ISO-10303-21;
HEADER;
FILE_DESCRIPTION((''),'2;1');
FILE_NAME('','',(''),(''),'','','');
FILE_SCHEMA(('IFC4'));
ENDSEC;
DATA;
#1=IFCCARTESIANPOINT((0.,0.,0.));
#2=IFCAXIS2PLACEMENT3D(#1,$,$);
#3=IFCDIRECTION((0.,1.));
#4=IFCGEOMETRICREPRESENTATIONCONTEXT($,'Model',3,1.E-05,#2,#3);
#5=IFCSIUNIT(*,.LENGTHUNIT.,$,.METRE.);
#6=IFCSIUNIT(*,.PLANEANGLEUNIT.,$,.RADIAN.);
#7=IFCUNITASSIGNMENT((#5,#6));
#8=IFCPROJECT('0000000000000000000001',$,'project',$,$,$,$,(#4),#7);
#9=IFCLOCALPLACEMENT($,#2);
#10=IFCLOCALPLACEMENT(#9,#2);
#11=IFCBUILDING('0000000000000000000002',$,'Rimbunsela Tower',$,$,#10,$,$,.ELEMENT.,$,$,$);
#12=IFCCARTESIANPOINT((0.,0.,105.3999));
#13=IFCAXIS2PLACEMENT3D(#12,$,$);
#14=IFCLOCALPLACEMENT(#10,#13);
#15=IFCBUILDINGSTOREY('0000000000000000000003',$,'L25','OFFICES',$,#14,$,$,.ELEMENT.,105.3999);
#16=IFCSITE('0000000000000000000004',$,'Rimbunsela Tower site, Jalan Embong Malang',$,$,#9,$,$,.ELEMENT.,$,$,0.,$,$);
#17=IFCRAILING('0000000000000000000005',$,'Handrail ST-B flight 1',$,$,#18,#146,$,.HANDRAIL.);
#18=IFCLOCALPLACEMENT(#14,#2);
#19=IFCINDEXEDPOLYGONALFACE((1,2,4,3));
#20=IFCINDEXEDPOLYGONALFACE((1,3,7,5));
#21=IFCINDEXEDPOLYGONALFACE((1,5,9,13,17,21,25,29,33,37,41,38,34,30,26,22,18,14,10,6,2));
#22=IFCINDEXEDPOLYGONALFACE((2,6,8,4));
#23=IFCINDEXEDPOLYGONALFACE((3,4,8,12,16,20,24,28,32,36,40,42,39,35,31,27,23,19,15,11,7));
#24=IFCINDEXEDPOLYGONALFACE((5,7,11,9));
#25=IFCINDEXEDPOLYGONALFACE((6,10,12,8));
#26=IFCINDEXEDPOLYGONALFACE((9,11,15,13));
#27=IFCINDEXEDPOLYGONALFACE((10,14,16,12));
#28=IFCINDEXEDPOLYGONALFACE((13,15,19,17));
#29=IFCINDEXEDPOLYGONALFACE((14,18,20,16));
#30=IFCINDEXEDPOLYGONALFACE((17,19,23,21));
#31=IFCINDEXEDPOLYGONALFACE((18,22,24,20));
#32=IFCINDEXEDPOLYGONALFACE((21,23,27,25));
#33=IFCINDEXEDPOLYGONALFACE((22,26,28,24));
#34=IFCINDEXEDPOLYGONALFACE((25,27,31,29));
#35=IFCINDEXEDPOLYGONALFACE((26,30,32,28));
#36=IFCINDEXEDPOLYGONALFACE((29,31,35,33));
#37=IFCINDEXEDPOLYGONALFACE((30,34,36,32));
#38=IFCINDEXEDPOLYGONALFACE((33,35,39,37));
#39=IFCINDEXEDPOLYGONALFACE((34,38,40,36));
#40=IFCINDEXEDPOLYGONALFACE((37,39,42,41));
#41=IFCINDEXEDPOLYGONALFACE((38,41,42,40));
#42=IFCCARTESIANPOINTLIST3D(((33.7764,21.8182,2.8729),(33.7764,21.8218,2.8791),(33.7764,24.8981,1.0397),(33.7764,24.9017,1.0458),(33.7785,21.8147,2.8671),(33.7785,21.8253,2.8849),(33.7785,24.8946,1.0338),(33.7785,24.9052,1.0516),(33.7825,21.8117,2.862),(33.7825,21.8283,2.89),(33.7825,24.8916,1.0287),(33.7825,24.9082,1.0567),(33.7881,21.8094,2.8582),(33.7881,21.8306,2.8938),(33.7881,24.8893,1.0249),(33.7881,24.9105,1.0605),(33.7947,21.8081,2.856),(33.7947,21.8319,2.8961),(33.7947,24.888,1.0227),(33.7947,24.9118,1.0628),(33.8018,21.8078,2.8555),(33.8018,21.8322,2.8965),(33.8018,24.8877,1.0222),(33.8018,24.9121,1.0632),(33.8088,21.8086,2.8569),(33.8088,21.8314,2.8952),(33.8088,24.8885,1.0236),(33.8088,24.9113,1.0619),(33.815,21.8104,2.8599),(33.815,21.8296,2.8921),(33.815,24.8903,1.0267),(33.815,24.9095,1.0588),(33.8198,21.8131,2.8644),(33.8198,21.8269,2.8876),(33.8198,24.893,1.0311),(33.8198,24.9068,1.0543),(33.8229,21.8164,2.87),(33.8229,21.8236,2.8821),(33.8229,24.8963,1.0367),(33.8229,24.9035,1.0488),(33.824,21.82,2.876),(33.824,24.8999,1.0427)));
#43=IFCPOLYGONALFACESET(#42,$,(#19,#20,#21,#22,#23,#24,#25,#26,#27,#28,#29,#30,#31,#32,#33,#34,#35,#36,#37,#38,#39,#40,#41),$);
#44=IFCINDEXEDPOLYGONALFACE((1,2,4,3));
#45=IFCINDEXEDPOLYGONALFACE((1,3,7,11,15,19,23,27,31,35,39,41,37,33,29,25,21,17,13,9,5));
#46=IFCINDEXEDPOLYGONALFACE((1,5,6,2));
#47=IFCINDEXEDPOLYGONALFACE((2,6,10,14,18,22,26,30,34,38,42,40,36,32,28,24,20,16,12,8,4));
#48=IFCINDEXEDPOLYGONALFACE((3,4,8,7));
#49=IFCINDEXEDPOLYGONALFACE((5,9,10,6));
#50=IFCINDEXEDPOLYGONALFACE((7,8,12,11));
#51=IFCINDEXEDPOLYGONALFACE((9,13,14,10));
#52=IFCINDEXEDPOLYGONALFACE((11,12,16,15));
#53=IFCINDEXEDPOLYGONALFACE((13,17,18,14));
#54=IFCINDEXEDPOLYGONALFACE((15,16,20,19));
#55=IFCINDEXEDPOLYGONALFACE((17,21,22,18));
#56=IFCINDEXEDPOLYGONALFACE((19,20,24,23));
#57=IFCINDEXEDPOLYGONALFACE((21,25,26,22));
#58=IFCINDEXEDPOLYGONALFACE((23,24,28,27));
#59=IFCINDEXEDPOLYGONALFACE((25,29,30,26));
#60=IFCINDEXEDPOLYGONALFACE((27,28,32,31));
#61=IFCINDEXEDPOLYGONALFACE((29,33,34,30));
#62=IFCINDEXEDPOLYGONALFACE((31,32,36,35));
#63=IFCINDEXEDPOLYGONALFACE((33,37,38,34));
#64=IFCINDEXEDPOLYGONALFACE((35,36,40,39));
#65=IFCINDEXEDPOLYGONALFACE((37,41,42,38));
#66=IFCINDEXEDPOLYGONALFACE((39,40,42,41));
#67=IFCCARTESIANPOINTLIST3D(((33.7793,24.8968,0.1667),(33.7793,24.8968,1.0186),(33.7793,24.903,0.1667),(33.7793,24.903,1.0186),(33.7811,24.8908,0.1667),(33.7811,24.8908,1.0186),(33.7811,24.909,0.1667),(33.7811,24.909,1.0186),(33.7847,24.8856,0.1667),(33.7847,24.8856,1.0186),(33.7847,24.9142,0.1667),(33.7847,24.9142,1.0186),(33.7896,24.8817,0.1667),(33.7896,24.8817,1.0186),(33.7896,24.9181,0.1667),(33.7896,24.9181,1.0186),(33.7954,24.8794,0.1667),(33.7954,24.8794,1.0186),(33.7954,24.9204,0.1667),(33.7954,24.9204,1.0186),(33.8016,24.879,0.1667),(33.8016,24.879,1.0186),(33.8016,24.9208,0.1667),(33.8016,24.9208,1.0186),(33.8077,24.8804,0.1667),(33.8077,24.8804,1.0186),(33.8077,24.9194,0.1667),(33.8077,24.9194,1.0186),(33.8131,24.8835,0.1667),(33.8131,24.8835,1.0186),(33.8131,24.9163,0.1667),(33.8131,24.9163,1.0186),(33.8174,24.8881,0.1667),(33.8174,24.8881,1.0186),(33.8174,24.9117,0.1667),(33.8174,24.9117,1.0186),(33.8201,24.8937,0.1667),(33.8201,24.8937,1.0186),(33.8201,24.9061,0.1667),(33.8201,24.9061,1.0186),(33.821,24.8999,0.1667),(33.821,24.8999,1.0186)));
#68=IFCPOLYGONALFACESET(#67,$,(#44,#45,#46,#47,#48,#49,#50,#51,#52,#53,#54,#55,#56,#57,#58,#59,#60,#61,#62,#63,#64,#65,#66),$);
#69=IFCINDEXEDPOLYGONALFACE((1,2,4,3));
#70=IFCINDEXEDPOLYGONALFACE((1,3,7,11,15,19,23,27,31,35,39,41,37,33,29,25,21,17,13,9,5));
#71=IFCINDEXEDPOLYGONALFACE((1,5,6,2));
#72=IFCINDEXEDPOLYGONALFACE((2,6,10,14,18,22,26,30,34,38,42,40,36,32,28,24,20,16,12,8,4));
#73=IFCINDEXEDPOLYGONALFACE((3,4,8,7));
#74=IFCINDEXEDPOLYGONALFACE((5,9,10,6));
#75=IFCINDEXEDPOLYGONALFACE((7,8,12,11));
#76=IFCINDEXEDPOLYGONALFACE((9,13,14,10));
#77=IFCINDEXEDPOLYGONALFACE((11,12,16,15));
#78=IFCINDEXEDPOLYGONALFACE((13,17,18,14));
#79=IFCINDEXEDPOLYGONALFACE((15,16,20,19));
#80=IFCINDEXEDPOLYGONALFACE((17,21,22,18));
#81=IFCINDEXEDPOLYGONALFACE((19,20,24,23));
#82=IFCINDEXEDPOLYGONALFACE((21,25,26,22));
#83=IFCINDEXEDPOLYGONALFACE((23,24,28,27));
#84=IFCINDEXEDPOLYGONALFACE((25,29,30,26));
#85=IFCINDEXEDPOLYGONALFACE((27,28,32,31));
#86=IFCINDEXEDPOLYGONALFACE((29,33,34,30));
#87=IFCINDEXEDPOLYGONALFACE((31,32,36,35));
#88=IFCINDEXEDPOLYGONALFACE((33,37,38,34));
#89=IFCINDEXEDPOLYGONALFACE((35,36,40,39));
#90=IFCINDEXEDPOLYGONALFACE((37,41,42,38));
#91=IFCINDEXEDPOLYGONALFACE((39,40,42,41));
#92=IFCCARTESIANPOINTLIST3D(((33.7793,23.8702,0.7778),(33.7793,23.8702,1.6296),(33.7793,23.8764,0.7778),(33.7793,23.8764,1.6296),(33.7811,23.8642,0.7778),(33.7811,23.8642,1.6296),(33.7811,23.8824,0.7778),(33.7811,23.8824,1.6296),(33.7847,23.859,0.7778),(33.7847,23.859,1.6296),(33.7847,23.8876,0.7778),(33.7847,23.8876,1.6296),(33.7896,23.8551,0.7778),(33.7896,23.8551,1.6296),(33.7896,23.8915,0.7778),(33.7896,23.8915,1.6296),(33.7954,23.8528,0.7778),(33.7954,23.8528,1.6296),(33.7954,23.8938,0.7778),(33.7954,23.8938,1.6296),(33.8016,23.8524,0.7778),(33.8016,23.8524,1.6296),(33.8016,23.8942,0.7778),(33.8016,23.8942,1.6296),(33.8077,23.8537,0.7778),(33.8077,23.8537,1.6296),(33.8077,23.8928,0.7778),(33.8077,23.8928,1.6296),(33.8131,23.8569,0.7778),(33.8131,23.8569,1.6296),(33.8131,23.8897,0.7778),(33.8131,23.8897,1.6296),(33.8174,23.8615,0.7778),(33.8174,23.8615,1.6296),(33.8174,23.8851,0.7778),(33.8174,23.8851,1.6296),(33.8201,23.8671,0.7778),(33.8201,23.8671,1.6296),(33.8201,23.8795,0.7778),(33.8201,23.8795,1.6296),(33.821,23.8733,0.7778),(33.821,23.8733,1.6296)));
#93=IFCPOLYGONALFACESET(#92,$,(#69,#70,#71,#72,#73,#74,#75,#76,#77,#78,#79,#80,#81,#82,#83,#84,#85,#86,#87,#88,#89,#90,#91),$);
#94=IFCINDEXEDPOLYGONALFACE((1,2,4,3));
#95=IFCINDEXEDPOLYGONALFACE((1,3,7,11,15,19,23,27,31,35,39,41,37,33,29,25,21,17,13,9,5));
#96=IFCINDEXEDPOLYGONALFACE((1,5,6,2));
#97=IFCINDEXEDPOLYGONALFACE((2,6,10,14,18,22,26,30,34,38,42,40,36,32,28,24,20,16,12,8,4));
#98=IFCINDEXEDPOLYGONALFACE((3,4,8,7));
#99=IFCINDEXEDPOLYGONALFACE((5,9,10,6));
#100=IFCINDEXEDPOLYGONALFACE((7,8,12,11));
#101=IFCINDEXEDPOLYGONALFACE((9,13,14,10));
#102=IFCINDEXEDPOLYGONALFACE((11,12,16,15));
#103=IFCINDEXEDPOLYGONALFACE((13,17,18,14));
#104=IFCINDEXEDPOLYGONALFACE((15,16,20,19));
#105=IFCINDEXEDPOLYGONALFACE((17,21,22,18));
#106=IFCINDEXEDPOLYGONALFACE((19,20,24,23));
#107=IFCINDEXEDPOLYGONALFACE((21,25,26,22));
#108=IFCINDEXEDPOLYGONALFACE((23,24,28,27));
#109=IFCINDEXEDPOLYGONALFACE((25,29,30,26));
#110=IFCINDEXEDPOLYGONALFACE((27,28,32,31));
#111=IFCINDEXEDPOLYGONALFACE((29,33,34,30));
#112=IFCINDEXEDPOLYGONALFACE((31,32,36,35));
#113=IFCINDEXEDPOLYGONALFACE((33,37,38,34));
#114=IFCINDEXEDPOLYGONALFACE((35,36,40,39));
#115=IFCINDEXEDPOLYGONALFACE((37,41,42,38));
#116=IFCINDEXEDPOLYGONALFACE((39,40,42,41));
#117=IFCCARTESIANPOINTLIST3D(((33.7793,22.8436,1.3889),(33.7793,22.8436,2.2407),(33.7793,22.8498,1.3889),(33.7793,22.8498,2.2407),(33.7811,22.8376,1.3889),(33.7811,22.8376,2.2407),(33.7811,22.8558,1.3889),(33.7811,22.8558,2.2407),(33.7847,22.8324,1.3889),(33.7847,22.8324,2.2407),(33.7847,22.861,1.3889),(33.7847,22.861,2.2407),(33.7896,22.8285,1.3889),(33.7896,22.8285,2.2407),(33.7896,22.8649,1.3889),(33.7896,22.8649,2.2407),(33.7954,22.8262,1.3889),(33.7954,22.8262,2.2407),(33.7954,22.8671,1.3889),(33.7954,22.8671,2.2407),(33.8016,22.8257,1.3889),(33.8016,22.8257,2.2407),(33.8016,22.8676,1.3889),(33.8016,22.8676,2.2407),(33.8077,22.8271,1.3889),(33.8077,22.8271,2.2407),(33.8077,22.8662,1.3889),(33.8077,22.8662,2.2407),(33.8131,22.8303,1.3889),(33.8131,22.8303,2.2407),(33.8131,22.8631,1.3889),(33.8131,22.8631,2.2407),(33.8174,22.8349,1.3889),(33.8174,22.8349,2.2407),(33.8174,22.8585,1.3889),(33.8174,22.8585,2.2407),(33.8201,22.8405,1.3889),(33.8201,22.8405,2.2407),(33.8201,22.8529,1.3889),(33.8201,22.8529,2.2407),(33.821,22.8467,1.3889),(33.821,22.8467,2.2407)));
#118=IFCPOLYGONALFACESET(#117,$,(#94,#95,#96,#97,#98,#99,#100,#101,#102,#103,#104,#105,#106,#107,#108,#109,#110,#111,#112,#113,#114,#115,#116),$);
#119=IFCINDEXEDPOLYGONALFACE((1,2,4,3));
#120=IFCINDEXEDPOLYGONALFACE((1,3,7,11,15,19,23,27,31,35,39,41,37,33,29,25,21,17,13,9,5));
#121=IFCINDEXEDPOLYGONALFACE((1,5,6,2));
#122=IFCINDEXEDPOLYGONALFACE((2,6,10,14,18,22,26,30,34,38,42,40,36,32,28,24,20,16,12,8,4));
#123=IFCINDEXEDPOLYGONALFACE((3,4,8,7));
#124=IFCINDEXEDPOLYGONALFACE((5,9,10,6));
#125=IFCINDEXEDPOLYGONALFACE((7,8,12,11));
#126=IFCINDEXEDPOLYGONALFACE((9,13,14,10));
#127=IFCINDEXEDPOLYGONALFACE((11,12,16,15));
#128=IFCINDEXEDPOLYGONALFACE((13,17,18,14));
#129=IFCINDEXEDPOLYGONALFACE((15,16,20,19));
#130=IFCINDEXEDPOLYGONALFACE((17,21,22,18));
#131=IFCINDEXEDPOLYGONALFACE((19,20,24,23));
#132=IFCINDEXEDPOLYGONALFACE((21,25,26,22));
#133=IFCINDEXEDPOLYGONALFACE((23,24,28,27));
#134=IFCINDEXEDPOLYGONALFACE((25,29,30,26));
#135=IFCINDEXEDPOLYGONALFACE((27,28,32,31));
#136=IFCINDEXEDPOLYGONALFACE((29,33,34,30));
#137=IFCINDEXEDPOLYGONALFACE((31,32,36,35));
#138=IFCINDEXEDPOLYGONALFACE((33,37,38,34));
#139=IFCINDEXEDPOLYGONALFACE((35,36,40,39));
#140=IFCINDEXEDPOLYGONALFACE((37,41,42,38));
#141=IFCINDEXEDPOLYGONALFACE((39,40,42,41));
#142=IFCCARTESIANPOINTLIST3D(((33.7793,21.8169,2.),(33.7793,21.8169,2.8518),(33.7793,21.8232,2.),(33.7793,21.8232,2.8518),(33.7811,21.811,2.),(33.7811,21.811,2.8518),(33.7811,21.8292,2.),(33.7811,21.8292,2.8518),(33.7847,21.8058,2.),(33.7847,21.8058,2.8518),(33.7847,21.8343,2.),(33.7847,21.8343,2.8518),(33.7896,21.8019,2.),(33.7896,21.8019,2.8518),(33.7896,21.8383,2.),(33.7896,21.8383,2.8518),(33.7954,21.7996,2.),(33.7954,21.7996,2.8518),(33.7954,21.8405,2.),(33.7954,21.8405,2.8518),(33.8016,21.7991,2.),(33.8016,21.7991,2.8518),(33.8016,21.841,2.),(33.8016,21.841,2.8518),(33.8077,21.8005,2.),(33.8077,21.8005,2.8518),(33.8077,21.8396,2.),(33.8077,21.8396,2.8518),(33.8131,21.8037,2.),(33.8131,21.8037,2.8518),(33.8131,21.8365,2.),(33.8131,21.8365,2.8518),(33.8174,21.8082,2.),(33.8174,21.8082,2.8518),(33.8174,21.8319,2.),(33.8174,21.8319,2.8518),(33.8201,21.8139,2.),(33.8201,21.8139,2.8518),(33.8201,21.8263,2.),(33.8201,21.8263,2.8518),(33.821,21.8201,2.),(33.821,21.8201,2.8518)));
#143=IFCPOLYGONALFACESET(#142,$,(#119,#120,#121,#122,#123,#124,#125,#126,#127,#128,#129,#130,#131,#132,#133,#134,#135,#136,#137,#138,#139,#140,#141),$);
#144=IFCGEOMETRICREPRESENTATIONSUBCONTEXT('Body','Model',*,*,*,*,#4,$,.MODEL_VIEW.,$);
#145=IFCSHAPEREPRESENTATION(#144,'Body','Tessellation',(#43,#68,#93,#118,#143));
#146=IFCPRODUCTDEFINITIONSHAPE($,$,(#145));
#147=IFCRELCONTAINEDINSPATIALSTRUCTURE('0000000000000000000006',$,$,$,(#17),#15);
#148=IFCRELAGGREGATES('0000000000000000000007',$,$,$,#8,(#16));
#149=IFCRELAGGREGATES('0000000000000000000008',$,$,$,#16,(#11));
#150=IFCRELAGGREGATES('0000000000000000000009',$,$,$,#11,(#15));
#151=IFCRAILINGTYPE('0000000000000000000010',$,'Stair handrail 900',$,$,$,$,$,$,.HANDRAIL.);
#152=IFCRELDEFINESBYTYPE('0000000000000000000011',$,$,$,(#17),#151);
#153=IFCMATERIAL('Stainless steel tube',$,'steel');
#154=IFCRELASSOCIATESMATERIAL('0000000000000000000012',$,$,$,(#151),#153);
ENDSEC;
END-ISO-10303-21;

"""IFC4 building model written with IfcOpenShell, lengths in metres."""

from ifc_helpers import new_model, si_unit, direction, frame, origin, origin_2d, place, context, subcontext, project, spatial, circle, extrude, material, type_object, element, save


model = new_model("IFC4")

# Units and contexts
model_context = context("Model", 3, precision=1e-05, world=origin(), true_north=direction((0.0, 1.0)))
body_context = subcontext(model_context, "Body", "Model", "MODEL_VIEW")
ifc_project = project(units=[si_unit("LENGTHUNIT", "METRE"), si_unit("PLANEANGLEUNIT", "RADIAN")], contexts=[model_context])

# Site, building, storey
site_placement = place(None, origin())
site = spatial("IfcSite", under=ifc_project, at=site_placement, Name="Rimbunsela Tower site, Jalan Embong Malang", CompositionType="ELEMENT", RefElevation=0.0)
building_placement = place(site_placement, origin())
building = spatial("IfcBuilding", under=site, at=building_placement, Name="Rimbunsela Tower", CompositionType="ELEMENT")
storey_placement = place(building_placement, frame((0.0, 0.0, 105.3999)))
storey = spatial("IfcBuildingStorey", under=building, at=storey_placement, Name="L25", Description="OFFICES", CompositionType="ELEMENT", Elevation=105.3999)

# Railing
ifc_material_1 = material(Name="Stainless steel tube", Category="steel")
railing_type = type_object("IfcRailingType", Name="Stair handrail 900", PredefinedType="HANDRAIL", material=ifc_material_1)
railing_1_placement = place(storey_placement, frame((33.8, 24.8999, 0.1667)))
element("IfcRailing", 1, at=railing_1_placement, inside=storey, type_object=railing_type, Name="Handrail ST-B flight 1", PredefinedType="HANDRAIL", context=body_context, shape_type="SweptSolid", body=[
    extrude(circle(Radius=0.0239, at=origin_2d()), frame((0.0, 0.0, 0.876), z_axis=(0.0, -0.859291, 0.511487), x_axis=(1.0, 0.0, 0.0)), (0.0, 0.0, 1.0), 3.5842),
    extrude(circle(Radius=0.021, at=origin_2d()), origin(), (0.0, 0.0, 1.0), 0.8518),
    extrude(circle(Radius=0.021, at=origin_2d()), frame((0.0, -1.0266, 0.6111)), (0.0, 0.0, 1.0), 0.8518),
    extrude(circle(Radius=0.021, at=origin_2d()), frame((0.0, -2.0532, 1.2222)), (0.0, 0.0, 1.0), 0.8518),
    extrude(circle(Radius=0.021, at=origin_2d()), frame((0.0, -3.0798, 1.8333)), (0.0, 0.0, 1.0), 0.8518),
])

save(model, "model.ifc")
